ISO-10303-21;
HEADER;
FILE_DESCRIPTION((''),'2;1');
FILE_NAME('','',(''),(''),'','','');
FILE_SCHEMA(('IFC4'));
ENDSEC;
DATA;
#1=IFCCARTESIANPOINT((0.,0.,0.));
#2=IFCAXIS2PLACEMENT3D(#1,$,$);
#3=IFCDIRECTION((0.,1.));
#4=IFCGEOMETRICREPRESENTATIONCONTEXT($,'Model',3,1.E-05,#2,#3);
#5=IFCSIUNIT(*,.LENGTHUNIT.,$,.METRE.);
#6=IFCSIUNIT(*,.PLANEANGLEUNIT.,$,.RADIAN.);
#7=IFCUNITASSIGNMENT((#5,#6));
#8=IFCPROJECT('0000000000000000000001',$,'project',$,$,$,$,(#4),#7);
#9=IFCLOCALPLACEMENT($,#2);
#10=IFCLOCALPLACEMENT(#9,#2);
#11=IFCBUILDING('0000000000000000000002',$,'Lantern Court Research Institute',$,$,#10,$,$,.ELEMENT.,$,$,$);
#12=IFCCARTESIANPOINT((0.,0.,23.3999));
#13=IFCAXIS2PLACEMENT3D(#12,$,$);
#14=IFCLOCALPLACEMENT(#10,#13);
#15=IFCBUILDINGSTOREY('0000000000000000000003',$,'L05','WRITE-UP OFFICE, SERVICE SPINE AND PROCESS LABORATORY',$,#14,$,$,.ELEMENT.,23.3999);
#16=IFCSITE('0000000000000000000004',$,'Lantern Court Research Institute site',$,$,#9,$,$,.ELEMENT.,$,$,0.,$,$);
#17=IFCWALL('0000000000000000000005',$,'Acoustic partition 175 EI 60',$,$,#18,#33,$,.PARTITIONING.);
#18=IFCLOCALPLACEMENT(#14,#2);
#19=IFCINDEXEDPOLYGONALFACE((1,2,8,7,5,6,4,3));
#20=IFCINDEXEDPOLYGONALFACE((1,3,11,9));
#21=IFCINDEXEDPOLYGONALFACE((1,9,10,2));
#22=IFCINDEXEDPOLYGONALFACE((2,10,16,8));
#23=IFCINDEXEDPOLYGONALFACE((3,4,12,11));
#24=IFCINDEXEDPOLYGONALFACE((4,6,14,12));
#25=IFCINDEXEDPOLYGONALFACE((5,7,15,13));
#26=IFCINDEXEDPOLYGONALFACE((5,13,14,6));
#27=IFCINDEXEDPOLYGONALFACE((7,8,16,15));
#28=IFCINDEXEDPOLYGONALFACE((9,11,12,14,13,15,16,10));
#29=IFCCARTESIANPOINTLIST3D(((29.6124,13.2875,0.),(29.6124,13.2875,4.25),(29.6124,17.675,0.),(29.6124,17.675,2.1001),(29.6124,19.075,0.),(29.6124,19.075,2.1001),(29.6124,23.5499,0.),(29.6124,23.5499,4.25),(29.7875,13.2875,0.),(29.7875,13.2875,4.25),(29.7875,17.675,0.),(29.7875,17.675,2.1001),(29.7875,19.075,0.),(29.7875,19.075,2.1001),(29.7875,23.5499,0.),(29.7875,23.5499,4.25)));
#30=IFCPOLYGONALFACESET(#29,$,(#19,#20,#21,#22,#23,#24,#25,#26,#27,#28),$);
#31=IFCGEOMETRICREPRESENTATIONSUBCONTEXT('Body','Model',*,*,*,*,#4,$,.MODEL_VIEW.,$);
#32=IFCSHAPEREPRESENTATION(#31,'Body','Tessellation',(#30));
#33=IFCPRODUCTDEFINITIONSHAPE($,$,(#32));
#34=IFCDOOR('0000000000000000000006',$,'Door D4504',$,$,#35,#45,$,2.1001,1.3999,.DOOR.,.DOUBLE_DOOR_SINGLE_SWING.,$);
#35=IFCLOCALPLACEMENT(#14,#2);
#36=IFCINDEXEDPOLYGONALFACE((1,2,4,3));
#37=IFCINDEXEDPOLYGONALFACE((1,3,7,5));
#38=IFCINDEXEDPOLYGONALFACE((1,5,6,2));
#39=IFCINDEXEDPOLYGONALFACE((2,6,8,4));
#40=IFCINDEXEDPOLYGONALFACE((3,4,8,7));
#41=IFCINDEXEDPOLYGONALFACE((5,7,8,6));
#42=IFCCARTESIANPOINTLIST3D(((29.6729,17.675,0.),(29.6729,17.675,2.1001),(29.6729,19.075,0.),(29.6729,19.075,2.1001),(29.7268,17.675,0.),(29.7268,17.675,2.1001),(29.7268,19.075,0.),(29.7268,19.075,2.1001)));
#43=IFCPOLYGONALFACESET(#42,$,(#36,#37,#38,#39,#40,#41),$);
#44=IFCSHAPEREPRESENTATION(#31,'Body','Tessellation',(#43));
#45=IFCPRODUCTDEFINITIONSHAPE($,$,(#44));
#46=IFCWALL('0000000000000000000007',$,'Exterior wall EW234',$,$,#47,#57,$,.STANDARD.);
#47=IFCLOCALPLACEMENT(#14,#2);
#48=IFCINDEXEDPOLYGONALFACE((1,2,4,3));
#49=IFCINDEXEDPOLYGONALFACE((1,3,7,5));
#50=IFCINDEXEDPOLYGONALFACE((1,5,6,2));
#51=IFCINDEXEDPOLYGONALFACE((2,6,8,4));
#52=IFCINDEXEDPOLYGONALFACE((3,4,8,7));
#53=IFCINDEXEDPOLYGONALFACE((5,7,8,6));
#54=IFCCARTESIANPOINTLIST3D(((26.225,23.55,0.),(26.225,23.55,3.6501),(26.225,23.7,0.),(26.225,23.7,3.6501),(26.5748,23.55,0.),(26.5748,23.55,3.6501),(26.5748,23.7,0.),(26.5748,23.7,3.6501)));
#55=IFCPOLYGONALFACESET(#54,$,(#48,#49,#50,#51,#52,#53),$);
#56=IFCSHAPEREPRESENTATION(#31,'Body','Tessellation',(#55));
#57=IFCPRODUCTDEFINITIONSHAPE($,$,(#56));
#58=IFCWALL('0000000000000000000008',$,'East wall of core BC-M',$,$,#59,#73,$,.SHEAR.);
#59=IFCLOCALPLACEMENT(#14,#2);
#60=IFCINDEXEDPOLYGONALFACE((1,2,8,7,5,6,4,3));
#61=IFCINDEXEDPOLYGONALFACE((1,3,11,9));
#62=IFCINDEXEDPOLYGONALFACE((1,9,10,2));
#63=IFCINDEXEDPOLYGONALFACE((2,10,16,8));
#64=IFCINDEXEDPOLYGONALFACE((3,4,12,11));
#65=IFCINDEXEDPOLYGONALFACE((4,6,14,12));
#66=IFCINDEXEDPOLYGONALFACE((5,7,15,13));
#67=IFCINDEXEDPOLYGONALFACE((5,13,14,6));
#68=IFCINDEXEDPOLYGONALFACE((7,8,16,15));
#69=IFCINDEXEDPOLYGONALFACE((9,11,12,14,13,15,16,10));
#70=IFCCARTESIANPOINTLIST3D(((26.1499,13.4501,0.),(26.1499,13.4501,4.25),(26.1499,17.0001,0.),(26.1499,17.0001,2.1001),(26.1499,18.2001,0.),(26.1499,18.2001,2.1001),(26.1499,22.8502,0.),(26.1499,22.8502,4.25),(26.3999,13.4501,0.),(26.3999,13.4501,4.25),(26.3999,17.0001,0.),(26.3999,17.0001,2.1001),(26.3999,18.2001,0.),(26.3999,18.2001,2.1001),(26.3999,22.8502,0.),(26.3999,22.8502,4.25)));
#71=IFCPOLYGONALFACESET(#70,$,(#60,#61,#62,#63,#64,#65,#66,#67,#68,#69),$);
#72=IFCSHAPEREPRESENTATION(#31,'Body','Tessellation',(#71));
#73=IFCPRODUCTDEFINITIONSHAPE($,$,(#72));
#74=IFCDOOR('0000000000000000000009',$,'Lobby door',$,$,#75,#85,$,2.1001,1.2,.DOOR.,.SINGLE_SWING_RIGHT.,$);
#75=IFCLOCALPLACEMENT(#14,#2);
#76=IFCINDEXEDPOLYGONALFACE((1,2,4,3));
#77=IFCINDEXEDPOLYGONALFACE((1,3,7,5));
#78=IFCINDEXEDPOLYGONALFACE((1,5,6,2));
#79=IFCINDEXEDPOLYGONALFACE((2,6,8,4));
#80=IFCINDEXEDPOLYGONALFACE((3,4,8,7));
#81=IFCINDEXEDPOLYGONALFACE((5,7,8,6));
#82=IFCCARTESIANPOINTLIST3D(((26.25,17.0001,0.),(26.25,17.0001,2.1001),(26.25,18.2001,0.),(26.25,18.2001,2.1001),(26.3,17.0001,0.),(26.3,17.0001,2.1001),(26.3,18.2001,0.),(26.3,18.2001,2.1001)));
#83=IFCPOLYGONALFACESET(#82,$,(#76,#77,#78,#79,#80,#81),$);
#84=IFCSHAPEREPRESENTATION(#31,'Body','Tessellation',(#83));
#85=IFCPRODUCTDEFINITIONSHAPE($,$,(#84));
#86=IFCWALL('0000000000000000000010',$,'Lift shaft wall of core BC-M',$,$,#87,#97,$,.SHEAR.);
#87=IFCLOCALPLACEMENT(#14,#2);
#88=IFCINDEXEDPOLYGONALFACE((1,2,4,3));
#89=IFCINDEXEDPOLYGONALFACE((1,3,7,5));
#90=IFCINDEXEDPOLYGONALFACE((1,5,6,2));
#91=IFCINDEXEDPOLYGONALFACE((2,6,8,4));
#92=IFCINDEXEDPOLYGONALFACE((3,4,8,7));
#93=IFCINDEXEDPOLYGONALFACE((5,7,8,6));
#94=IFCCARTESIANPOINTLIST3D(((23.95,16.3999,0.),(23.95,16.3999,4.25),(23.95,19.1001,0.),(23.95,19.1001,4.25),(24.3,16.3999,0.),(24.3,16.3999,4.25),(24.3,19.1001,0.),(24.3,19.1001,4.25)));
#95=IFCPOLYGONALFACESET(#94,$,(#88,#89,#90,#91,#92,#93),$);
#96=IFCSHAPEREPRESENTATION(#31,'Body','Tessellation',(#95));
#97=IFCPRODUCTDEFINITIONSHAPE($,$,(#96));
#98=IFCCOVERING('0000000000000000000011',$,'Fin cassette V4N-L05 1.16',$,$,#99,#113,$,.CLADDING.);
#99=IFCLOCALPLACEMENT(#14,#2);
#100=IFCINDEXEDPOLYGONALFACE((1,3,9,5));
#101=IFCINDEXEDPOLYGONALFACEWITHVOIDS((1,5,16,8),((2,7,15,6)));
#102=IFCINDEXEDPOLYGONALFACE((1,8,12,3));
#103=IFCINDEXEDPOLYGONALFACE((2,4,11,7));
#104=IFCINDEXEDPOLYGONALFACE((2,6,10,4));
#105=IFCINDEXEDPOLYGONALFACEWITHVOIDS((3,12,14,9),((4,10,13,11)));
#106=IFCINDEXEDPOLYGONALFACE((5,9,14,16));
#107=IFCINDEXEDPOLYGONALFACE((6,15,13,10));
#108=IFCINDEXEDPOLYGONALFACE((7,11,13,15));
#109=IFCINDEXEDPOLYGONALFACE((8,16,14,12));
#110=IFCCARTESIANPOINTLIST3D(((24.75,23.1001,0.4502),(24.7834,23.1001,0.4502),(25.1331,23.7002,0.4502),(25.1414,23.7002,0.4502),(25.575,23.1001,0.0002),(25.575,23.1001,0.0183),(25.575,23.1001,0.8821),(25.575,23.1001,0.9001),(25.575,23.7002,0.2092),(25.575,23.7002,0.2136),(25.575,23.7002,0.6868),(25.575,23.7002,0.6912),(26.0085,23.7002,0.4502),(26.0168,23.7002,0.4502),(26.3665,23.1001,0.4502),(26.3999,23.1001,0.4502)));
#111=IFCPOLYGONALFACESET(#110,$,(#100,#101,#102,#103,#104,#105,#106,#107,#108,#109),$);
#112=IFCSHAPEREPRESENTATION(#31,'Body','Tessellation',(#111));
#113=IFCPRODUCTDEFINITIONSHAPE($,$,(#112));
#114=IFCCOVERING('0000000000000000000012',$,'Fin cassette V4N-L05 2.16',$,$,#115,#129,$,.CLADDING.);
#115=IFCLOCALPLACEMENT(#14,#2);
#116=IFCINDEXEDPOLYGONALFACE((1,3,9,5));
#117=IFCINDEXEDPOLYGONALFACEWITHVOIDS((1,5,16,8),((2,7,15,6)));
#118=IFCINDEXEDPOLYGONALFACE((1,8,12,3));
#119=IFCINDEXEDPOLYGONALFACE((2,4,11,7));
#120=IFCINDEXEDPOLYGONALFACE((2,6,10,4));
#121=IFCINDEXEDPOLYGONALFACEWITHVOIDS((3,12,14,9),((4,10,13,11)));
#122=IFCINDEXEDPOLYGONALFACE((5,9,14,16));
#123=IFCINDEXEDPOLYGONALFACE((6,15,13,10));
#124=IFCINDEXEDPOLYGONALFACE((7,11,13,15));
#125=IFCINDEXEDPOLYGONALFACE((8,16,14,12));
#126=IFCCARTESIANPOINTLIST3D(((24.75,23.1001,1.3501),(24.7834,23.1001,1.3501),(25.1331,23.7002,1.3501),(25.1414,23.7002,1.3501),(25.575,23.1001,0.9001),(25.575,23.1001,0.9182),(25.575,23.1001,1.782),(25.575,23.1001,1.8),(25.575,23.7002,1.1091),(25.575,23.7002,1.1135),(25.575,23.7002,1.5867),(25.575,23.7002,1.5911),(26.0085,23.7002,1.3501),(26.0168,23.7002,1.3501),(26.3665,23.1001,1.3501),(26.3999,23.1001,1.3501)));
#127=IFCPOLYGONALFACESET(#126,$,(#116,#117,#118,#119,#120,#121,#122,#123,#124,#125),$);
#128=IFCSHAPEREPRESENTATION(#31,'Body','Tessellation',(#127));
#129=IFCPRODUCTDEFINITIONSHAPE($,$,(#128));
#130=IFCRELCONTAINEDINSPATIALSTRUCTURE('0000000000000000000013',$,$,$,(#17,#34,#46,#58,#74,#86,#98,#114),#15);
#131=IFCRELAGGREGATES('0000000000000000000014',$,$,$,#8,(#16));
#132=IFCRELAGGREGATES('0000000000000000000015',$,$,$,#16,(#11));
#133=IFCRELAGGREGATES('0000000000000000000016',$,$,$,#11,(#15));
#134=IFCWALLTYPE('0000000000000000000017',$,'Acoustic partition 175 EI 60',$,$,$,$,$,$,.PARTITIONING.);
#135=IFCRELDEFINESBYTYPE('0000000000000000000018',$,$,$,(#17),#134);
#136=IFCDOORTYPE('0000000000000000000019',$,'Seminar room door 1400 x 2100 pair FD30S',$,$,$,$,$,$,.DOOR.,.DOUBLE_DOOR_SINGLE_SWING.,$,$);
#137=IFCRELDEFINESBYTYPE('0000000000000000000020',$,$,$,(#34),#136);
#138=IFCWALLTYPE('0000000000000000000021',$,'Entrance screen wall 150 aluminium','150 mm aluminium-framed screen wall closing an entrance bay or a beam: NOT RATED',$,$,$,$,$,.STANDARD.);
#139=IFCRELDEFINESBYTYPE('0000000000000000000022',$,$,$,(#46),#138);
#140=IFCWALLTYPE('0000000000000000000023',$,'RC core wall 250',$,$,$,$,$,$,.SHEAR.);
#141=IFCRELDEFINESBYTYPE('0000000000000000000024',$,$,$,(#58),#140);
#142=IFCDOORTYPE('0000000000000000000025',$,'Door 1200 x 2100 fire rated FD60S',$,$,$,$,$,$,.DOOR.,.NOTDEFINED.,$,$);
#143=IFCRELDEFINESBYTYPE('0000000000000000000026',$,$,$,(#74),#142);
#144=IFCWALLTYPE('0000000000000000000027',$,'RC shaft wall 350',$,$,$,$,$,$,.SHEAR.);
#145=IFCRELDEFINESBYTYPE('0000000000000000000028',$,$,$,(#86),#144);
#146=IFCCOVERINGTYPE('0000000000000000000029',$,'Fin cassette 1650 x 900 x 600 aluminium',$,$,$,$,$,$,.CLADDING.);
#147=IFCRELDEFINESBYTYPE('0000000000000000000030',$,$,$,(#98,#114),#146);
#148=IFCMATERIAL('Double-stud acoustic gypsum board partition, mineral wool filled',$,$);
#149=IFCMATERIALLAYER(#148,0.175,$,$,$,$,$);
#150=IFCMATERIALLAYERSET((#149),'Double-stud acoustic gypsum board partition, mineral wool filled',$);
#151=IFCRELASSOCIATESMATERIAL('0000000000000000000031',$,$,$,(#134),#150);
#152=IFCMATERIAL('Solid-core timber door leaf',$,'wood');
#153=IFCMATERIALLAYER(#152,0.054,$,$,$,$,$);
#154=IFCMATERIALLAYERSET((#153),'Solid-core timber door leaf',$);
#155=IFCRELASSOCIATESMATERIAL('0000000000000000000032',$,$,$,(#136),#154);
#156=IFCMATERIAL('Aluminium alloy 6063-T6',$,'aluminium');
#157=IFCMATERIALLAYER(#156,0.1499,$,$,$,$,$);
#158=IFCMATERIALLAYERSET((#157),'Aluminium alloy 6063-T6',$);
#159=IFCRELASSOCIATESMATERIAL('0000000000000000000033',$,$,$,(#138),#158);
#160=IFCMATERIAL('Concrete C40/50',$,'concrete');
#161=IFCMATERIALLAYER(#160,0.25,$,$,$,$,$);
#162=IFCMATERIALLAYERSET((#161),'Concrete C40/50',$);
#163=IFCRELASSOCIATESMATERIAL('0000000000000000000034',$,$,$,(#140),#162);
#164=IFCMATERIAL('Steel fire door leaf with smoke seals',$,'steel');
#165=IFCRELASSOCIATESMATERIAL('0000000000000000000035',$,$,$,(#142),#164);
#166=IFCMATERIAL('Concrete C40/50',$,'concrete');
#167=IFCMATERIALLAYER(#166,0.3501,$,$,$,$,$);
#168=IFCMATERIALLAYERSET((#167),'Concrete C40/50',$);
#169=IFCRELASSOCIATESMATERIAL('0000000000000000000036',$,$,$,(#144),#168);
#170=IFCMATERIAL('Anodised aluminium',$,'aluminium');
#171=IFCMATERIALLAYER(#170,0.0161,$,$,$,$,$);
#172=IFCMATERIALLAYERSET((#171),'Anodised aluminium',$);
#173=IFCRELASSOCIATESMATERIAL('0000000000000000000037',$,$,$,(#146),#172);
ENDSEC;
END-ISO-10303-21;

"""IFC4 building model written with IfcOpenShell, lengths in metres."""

from ifc_helpers import new_model, entity, si_unit, direction, frame, frame_2d, origin, place, context, subcontext, project, spatial, rectangle, extrude, material, layer, layer_set, type_object, element, fill, save


model = new_model("IFC4")

# Units and contexts
model_context = context("Model", 3, precision=1e-05, world=origin(), true_north=direction((0.0, 1.0)))
body_context = subcontext(model_context, "Body", "Model", "MODEL_VIEW")
ifc_project = project(units=[si_unit("LENGTHUNIT", "METRE"), si_unit("PLANEANGLEUNIT", "RADIAN")], contexts=[model_context])

# Site, building, storey
site_placement = place(None, origin())
site = spatial("IfcSite", under=ifc_project, at=site_placement, Name="Lantern Court Research Institute site", CompositionType="ELEMENT", RefElevation=0.0)
building_placement = place(site_placement, origin())
building = spatial("IfcBuilding", under=site, at=building_placement, Name="Lantern Court Research Institute", CompositionType="ELEMENT")
storey_placement = place(building_placement, frame((0.0, 0.0, 23.3999)))
storey = spatial("IfcBuildingStorey", under=building, at=storey_placement, Name="L05", Description="WRITE-UP OFFICE, SERVICE SPINE AND PROCESS LABORATORY", CompositionType="ELEMENT", Elevation=23.3999)

# Wall, opening, door
ifc_material_1 = material(Name="Double-stud acoustic gypsum board partition, mineral wool filled")
ifc_layer_1 = layer(ifc_material_1, 0.175)
ifc_layer_set_1 = layer_set([ifc_layer_1], Name="Double-stud acoustic gypsum board partition, mineral wool filled")
wall_type_1 = type_object("IfcWallType", Name="Acoustic partition 175 EI 60", PredefinedType="PARTITIONING", material=ifc_layer_set_1)
wall_1_placement = place(storey_placement, frame((29.7, 23.55, 0.0), z_axis=(0.0, 0.0, 1.0), x_axis=(0.0, -1.0, 0.0)))
wall_1 = element("IfcWall", 1, at=wall_1_placement, inside=storey, type_object=wall_type_1, Name="Acoustic partition 175 EI 60", PredefinedType="PARTITIONING", context=body_context, shape_type="SweptSolid", body=[
    extrude(rectangle(XDim=10.2625, YDim=0.175, at=frame_2d((5.1313, 0.0))), origin(), (0.0, 0.0, 1.0), 4.25),
])
opening_1_placement = place(wall_1_placement, frame((4.4751, 0.0, 0.0)))
opening_1 = element("IfcOpeningElement", 2, at=opening_1_placement, cuts=wall_1, PredefinedType="OPENING", context=body_context, shape_type="SweptSolid", body=[
    extrude(rectangle(XDim=1.3999, YDim=2.1001, at=frame_2d((0.7, 1.05))), frame((0.0, 0.0974, 0.0), z_axis=(0.0, -1.0, 0.0), x_axis=(1.0, 0.0, 0.0)), (0.0, 0.0, 1.0), 0.1951),
])
ifc_material_2 = material(Name="Solid-core timber door leaf", Category="wood")
ifc_layer_2 = layer(ifc_material_2, 0.054)
ifc_layer_set_2 = layer_set([ifc_layer_2], Name="Solid-core timber door leaf")
door_type_1 = type_object("IfcDoorType", Name="Seminar room door 1400 x 2100 pair FD30S", OperationType="DOUBLE_DOOR_SINGLE_SWING", PredefinedType="DOOR", material=ifc_layer_set_2)
door_1_placement = place(opening_1_placement, origin())
door_1 = element("IfcDoor", 3, at=door_1_placement, inside=storey, type_object=door_type_1, Name="Door D4504", OperationType="DOUBLE_DOOR_SINGLE_SWING", OverallHeight=2.1001, OverallWidth=1.3999, PredefinedType="DOOR", context=body_context, shape_type="SweptSolid", body=[
    extrude(rectangle(XDim=1.3999, YDim=2.1001, at=frame_2d((0.7, 1.05))), frame((0.0, 0.0269, 0.0), z_axis=(0.0, -1.0, 0.0), x_axis=(1.0, 0.0, 0.0)), (0.0, 0.0, 1.0), 0.054),
])
fill(opening_1, door_1)

# Wall
ifc_material_3 = material(Name="Aluminium alloy 6063-T6", Category="aluminium")
ifc_layer_3 = layer(ifc_material_3, 0.1499)
ifc_layer_set_3 = layer_set([ifc_layer_3], Name="Aluminium alloy 6063-T6")
wall_type_2 = type_object("IfcWallType", Name="Entrance screen wall 150 aluminium", Description="150 mm aluminium-framed screen wall closing an entrance bay or a beam: NOT RATED", PredefinedType="STANDARD", material=ifc_layer_set_3)
wall_2_placement = place(storey_placement, frame((26.2251, 23.625, 0.0), z_axis=(0.0, 0.0, 1.0), x_axis=(1.0, 0.0, 0.0)))
element("IfcWall", 4, at=wall_2_placement, inside=storey, type_object=wall_type_2, Name="Exterior wall EW234", PredefinedType="STANDARD", context=body_context, shape_type="SweptSolid", body=[
    extrude(rectangle(XDim=0.3499, YDim=0.1499, at=frame_2d((0.1748, 0.0))), origin(), (0.0, 0.0, 1.0), 3.6501),
])

# Wall, opening, door
ifc_material_4 = material(Name="Concrete C40/50", Category="concrete")
ifc_layer_4 = layer(ifc_material_4, 0.25)
ifc_layer_set_4 = layer_set([ifc_layer_4], Name="Concrete C40/50")
wall_type_3 = type_object("IfcWallType", Name="RC core wall 250", PredefinedType="SHEAR", material=ifc_layer_set_4)
wall_3_placement = place(storey_placement, frame((26.2749, 13.45, 0.0), z_axis=(0.0, 0.0, 1.0), x_axis=(0.0, 1.0, 0.0)))
wall_3 = element("IfcWall", 5, at=wall_3_placement, inside=storey, type_object=wall_type_3, Name="East wall of core BC-M", PredefinedType="SHEAR", context=body_context, shape_type="SweptSolid", body=[
    extrude(rectangle(XDim=9.4001, YDim=0.25, at=frame_2d((4.7002, 0.0))), origin(), (0.0, 0.0, 1.0), 4.25),
])
opening_2_placement = place(wall_3_placement, frame((3.55, 0.0, 0.0)))
opening_2 = element("IfcOpeningElement", 6, at=opening_2_placement, cuts=wall_3, PredefinedType="OPENING", context=body_context, shape_type="SweptSolid", body=[
    extrude(rectangle(XDim=1.2, YDim=2.1001, at=frame_2d((0.6001, 1.05))), frame((0.0, 0.135, 0.0), z_axis=(0.0, -1.0, 0.0), x_axis=(1.0, 0.0, 0.0)), (0.0, 0.0, 1.0), 0.27),
])
ifc_material_5 = material(Name="Steel fire door leaf with smoke seals", Category="steel")
door_type_2 = type_object("IfcDoorType", Name="Door 1200 x 2100 fire rated FD60S", OperationType="NOTDEFINED", PredefinedType="DOOR", material=ifc_material_5)
door_2_placement = place(opening_2_placement, origin())
door_2 = element("IfcDoor", 7, at=door_2_placement, inside=storey, type_object=door_type_2, Name="Lobby door", OperationType="SINGLE_SWING_RIGHT", OverallHeight=2.1001, OverallWidth=1.2, PredefinedType="DOOR", context=body_context, shape_type="SweptSolid", body=[
    extrude(rectangle(XDim=1.2, YDim=2.1001, at=frame_2d((0.6001, 1.05))), frame((0.0, 0.0249, 0.0), z_axis=(0.0, -1.0, 0.0), x_axis=(1.0, 0.0, 0.0)), (0.0, 0.0, 1.0), 0.05),
])
fill(opening_2, door_2)

# Wall
ifc_material_6 = material(Name="Concrete C40/50", Category="concrete")
ifc_layer_5 = layer(ifc_material_6, 0.3501)
ifc_layer_set_5 = layer_set([ifc_layer_5], Name="Concrete C40/50")
wall_type_4 = type_object("IfcWallType", Name="RC shaft wall 350", PredefinedType="SHEAR", material=ifc_layer_set_5)
wall_4_placement = place(storey_placement, frame((24.125, 16.3999, 0.0), z_axis=(0.0, 0.0, 1.0), x_axis=(0.0, 1.0, 0.0)))
element("IfcWall", 8, at=wall_4_placement, inside=storey, type_object=wall_type_4, Name="Lift shaft wall of core BC-M", PredefinedType="SHEAR", context=body_context, shape_type="SweptSolid", body=[
    extrude(rectangle(XDim=2.7002, YDim=0.3501, at=frame_2d((1.3501, 0.0))), origin(), (0.0, 0.0, 1.0), 4.25),
])

# Coverings
ifc_material_7 = material(Name="Anodised aluminium", Category="aluminium")
ifc_layer_6 = layer(ifc_material_7, 0.0161)
ifc_layer_set_6 = layer_set([ifc_layer_6], Name="Anodised aluminium")
covering_type = type_object("IfcCoveringType", Name="Fin cassette 1650 x 900 x 600 aluminium", PredefinedType="CLADDING", material=ifc_layer_set_6)
covering_1_placement = place(storey_placement, frame((25.575, 23.1001, 0.4502), z_axis=(0.0, 1.0, 0.0), x_axis=(-1.0, 0.0, 0.0)))
cartesian_point_1 = entity("IfcCartesianPoint", [0.825, 0.0])
cartesian_point_2 = entity("IfcCartesianPoint", [0.7915, 0.0])
cartesian_point_3 = entity("IfcCartesianPoint", [0.4419, 0.0])
cartesian_point_4 = entity("IfcCartesianPoint", [0.4336, 0.0])
element("IfcCovering", 9, at=covering_1_placement, inside=storey, type_object=covering_type, Name="Fin cassette V4N-L05 1.16", PredefinedType="CLADDING", context=body_context, shape_type="SweptSolid", body=[
    entity("IfcExtrudedAreaSolidTapered", entity("IfcArbitraryProfileDefWithVoids", "AREA", None, entity("IfcPolyline", [cartesian_point_1, entity("IfcCartesianPoint", [0.0, 0.45]), entity("IfcCartesianPoint", [-0.825, 0.0]), entity("IfcCartesianPoint", [0.0, -0.45]), cartesian_point_1]), [entity("IfcPolyline", [cartesian_point_2, entity("IfcCartesianPoint", [0.0, 0.4319]), entity("IfcCartesianPoint", [-0.7915, 0.0]), entity("IfcCartesianPoint", [0.0, -0.4319]), cartesian_point_2])]), entity("IfcAxis2Placement3D", entity("IfcCartesianPoint", [0.0, 0.0, 0.0])), entity("IfcDirection", [0.0, 0.0, 1.0]), 0.6001, entity("IfcArbitraryProfileDefWithVoids", "AREA", None, entity("IfcPolyline", [cartesian_point_3, entity("IfcCartesianPoint", [0.0, 0.241]), entity("IfcCartesianPoint", [-0.4419, 0.0]), entity("IfcCartesianPoint", [0.0, -0.241]), cartesian_point_3]), [entity("IfcPolyline", [cartesian_point_4, entity("IfcCartesianPoint", [0.0, 0.2366]), entity("IfcCartesianPoint", [-0.4336, 0.0]), entity("IfcCartesianPoint", [0.0, -0.2366]), cartesian_point_4])])),
])
covering_2_placement = place(storey_placement, frame((25.575, 23.1001, 1.3501), z_axis=(0.0, 1.0, 0.0), x_axis=(-1.0, 0.0, 0.0)))
cartesian_point_5 = entity("IfcCartesianPoint", [0.825, 0.0])
cartesian_point_6 = entity("IfcCartesianPoint", [0.7915, 0.0])
cartesian_point_7 = entity("IfcCartesianPoint", [0.4419, 0.0])
cartesian_point_8 = entity("IfcCartesianPoint", [0.4336, 0.0])
element("IfcCovering", 10, at=covering_2_placement, inside=storey, type_object=covering_type, Name="Fin cassette V4N-L05 2.16", PredefinedType="CLADDING", context=body_context, shape_type="SweptSolid", body=[
    entity("IfcExtrudedAreaSolidTapered", entity("IfcArbitraryProfileDefWithVoids", "AREA", None, entity("IfcPolyline", [cartesian_point_5, entity("IfcCartesianPoint", [0.0, 0.45]), entity("IfcCartesianPoint", [-0.825, 0.0]), entity("IfcCartesianPoint", [0.0, -0.45]), cartesian_point_5]), [entity("IfcPolyline", [cartesian_point_6, entity("IfcCartesianPoint", [0.0, 0.4319]), entity("IfcCartesianPoint", [-0.7915, 0.0]), entity("IfcCartesianPoint", [0.0, -0.4319]), cartesian_point_6])]), entity("IfcAxis2Placement3D", entity("IfcCartesianPoint", [0.0, 0.0, 0.0])), entity("IfcDirection", [0.0, 0.0, 1.0]), 0.6001, entity("IfcArbitraryProfileDefWithVoids", "AREA", None, entity("IfcPolyline", [cartesian_point_7, entity("IfcCartesianPoint", [0.0, 0.241]), entity("IfcCartesianPoint", [-0.4419, 0.0]), entity("IfcCartesianPoint", [0.0, -0.241]), cartesian_point_7]), [entity("IfcPolyline", [cartesian_point_8, entity("IfcCartesianPoint", [0.0, 0.2366]), entity("IfcCartesianPoint", [-0.4336, 0.0]), entity("IfcCartesianPoint", [0.0, -0.2366]), cartesian_point_8])])),
])

save(model, "model.ifc")
